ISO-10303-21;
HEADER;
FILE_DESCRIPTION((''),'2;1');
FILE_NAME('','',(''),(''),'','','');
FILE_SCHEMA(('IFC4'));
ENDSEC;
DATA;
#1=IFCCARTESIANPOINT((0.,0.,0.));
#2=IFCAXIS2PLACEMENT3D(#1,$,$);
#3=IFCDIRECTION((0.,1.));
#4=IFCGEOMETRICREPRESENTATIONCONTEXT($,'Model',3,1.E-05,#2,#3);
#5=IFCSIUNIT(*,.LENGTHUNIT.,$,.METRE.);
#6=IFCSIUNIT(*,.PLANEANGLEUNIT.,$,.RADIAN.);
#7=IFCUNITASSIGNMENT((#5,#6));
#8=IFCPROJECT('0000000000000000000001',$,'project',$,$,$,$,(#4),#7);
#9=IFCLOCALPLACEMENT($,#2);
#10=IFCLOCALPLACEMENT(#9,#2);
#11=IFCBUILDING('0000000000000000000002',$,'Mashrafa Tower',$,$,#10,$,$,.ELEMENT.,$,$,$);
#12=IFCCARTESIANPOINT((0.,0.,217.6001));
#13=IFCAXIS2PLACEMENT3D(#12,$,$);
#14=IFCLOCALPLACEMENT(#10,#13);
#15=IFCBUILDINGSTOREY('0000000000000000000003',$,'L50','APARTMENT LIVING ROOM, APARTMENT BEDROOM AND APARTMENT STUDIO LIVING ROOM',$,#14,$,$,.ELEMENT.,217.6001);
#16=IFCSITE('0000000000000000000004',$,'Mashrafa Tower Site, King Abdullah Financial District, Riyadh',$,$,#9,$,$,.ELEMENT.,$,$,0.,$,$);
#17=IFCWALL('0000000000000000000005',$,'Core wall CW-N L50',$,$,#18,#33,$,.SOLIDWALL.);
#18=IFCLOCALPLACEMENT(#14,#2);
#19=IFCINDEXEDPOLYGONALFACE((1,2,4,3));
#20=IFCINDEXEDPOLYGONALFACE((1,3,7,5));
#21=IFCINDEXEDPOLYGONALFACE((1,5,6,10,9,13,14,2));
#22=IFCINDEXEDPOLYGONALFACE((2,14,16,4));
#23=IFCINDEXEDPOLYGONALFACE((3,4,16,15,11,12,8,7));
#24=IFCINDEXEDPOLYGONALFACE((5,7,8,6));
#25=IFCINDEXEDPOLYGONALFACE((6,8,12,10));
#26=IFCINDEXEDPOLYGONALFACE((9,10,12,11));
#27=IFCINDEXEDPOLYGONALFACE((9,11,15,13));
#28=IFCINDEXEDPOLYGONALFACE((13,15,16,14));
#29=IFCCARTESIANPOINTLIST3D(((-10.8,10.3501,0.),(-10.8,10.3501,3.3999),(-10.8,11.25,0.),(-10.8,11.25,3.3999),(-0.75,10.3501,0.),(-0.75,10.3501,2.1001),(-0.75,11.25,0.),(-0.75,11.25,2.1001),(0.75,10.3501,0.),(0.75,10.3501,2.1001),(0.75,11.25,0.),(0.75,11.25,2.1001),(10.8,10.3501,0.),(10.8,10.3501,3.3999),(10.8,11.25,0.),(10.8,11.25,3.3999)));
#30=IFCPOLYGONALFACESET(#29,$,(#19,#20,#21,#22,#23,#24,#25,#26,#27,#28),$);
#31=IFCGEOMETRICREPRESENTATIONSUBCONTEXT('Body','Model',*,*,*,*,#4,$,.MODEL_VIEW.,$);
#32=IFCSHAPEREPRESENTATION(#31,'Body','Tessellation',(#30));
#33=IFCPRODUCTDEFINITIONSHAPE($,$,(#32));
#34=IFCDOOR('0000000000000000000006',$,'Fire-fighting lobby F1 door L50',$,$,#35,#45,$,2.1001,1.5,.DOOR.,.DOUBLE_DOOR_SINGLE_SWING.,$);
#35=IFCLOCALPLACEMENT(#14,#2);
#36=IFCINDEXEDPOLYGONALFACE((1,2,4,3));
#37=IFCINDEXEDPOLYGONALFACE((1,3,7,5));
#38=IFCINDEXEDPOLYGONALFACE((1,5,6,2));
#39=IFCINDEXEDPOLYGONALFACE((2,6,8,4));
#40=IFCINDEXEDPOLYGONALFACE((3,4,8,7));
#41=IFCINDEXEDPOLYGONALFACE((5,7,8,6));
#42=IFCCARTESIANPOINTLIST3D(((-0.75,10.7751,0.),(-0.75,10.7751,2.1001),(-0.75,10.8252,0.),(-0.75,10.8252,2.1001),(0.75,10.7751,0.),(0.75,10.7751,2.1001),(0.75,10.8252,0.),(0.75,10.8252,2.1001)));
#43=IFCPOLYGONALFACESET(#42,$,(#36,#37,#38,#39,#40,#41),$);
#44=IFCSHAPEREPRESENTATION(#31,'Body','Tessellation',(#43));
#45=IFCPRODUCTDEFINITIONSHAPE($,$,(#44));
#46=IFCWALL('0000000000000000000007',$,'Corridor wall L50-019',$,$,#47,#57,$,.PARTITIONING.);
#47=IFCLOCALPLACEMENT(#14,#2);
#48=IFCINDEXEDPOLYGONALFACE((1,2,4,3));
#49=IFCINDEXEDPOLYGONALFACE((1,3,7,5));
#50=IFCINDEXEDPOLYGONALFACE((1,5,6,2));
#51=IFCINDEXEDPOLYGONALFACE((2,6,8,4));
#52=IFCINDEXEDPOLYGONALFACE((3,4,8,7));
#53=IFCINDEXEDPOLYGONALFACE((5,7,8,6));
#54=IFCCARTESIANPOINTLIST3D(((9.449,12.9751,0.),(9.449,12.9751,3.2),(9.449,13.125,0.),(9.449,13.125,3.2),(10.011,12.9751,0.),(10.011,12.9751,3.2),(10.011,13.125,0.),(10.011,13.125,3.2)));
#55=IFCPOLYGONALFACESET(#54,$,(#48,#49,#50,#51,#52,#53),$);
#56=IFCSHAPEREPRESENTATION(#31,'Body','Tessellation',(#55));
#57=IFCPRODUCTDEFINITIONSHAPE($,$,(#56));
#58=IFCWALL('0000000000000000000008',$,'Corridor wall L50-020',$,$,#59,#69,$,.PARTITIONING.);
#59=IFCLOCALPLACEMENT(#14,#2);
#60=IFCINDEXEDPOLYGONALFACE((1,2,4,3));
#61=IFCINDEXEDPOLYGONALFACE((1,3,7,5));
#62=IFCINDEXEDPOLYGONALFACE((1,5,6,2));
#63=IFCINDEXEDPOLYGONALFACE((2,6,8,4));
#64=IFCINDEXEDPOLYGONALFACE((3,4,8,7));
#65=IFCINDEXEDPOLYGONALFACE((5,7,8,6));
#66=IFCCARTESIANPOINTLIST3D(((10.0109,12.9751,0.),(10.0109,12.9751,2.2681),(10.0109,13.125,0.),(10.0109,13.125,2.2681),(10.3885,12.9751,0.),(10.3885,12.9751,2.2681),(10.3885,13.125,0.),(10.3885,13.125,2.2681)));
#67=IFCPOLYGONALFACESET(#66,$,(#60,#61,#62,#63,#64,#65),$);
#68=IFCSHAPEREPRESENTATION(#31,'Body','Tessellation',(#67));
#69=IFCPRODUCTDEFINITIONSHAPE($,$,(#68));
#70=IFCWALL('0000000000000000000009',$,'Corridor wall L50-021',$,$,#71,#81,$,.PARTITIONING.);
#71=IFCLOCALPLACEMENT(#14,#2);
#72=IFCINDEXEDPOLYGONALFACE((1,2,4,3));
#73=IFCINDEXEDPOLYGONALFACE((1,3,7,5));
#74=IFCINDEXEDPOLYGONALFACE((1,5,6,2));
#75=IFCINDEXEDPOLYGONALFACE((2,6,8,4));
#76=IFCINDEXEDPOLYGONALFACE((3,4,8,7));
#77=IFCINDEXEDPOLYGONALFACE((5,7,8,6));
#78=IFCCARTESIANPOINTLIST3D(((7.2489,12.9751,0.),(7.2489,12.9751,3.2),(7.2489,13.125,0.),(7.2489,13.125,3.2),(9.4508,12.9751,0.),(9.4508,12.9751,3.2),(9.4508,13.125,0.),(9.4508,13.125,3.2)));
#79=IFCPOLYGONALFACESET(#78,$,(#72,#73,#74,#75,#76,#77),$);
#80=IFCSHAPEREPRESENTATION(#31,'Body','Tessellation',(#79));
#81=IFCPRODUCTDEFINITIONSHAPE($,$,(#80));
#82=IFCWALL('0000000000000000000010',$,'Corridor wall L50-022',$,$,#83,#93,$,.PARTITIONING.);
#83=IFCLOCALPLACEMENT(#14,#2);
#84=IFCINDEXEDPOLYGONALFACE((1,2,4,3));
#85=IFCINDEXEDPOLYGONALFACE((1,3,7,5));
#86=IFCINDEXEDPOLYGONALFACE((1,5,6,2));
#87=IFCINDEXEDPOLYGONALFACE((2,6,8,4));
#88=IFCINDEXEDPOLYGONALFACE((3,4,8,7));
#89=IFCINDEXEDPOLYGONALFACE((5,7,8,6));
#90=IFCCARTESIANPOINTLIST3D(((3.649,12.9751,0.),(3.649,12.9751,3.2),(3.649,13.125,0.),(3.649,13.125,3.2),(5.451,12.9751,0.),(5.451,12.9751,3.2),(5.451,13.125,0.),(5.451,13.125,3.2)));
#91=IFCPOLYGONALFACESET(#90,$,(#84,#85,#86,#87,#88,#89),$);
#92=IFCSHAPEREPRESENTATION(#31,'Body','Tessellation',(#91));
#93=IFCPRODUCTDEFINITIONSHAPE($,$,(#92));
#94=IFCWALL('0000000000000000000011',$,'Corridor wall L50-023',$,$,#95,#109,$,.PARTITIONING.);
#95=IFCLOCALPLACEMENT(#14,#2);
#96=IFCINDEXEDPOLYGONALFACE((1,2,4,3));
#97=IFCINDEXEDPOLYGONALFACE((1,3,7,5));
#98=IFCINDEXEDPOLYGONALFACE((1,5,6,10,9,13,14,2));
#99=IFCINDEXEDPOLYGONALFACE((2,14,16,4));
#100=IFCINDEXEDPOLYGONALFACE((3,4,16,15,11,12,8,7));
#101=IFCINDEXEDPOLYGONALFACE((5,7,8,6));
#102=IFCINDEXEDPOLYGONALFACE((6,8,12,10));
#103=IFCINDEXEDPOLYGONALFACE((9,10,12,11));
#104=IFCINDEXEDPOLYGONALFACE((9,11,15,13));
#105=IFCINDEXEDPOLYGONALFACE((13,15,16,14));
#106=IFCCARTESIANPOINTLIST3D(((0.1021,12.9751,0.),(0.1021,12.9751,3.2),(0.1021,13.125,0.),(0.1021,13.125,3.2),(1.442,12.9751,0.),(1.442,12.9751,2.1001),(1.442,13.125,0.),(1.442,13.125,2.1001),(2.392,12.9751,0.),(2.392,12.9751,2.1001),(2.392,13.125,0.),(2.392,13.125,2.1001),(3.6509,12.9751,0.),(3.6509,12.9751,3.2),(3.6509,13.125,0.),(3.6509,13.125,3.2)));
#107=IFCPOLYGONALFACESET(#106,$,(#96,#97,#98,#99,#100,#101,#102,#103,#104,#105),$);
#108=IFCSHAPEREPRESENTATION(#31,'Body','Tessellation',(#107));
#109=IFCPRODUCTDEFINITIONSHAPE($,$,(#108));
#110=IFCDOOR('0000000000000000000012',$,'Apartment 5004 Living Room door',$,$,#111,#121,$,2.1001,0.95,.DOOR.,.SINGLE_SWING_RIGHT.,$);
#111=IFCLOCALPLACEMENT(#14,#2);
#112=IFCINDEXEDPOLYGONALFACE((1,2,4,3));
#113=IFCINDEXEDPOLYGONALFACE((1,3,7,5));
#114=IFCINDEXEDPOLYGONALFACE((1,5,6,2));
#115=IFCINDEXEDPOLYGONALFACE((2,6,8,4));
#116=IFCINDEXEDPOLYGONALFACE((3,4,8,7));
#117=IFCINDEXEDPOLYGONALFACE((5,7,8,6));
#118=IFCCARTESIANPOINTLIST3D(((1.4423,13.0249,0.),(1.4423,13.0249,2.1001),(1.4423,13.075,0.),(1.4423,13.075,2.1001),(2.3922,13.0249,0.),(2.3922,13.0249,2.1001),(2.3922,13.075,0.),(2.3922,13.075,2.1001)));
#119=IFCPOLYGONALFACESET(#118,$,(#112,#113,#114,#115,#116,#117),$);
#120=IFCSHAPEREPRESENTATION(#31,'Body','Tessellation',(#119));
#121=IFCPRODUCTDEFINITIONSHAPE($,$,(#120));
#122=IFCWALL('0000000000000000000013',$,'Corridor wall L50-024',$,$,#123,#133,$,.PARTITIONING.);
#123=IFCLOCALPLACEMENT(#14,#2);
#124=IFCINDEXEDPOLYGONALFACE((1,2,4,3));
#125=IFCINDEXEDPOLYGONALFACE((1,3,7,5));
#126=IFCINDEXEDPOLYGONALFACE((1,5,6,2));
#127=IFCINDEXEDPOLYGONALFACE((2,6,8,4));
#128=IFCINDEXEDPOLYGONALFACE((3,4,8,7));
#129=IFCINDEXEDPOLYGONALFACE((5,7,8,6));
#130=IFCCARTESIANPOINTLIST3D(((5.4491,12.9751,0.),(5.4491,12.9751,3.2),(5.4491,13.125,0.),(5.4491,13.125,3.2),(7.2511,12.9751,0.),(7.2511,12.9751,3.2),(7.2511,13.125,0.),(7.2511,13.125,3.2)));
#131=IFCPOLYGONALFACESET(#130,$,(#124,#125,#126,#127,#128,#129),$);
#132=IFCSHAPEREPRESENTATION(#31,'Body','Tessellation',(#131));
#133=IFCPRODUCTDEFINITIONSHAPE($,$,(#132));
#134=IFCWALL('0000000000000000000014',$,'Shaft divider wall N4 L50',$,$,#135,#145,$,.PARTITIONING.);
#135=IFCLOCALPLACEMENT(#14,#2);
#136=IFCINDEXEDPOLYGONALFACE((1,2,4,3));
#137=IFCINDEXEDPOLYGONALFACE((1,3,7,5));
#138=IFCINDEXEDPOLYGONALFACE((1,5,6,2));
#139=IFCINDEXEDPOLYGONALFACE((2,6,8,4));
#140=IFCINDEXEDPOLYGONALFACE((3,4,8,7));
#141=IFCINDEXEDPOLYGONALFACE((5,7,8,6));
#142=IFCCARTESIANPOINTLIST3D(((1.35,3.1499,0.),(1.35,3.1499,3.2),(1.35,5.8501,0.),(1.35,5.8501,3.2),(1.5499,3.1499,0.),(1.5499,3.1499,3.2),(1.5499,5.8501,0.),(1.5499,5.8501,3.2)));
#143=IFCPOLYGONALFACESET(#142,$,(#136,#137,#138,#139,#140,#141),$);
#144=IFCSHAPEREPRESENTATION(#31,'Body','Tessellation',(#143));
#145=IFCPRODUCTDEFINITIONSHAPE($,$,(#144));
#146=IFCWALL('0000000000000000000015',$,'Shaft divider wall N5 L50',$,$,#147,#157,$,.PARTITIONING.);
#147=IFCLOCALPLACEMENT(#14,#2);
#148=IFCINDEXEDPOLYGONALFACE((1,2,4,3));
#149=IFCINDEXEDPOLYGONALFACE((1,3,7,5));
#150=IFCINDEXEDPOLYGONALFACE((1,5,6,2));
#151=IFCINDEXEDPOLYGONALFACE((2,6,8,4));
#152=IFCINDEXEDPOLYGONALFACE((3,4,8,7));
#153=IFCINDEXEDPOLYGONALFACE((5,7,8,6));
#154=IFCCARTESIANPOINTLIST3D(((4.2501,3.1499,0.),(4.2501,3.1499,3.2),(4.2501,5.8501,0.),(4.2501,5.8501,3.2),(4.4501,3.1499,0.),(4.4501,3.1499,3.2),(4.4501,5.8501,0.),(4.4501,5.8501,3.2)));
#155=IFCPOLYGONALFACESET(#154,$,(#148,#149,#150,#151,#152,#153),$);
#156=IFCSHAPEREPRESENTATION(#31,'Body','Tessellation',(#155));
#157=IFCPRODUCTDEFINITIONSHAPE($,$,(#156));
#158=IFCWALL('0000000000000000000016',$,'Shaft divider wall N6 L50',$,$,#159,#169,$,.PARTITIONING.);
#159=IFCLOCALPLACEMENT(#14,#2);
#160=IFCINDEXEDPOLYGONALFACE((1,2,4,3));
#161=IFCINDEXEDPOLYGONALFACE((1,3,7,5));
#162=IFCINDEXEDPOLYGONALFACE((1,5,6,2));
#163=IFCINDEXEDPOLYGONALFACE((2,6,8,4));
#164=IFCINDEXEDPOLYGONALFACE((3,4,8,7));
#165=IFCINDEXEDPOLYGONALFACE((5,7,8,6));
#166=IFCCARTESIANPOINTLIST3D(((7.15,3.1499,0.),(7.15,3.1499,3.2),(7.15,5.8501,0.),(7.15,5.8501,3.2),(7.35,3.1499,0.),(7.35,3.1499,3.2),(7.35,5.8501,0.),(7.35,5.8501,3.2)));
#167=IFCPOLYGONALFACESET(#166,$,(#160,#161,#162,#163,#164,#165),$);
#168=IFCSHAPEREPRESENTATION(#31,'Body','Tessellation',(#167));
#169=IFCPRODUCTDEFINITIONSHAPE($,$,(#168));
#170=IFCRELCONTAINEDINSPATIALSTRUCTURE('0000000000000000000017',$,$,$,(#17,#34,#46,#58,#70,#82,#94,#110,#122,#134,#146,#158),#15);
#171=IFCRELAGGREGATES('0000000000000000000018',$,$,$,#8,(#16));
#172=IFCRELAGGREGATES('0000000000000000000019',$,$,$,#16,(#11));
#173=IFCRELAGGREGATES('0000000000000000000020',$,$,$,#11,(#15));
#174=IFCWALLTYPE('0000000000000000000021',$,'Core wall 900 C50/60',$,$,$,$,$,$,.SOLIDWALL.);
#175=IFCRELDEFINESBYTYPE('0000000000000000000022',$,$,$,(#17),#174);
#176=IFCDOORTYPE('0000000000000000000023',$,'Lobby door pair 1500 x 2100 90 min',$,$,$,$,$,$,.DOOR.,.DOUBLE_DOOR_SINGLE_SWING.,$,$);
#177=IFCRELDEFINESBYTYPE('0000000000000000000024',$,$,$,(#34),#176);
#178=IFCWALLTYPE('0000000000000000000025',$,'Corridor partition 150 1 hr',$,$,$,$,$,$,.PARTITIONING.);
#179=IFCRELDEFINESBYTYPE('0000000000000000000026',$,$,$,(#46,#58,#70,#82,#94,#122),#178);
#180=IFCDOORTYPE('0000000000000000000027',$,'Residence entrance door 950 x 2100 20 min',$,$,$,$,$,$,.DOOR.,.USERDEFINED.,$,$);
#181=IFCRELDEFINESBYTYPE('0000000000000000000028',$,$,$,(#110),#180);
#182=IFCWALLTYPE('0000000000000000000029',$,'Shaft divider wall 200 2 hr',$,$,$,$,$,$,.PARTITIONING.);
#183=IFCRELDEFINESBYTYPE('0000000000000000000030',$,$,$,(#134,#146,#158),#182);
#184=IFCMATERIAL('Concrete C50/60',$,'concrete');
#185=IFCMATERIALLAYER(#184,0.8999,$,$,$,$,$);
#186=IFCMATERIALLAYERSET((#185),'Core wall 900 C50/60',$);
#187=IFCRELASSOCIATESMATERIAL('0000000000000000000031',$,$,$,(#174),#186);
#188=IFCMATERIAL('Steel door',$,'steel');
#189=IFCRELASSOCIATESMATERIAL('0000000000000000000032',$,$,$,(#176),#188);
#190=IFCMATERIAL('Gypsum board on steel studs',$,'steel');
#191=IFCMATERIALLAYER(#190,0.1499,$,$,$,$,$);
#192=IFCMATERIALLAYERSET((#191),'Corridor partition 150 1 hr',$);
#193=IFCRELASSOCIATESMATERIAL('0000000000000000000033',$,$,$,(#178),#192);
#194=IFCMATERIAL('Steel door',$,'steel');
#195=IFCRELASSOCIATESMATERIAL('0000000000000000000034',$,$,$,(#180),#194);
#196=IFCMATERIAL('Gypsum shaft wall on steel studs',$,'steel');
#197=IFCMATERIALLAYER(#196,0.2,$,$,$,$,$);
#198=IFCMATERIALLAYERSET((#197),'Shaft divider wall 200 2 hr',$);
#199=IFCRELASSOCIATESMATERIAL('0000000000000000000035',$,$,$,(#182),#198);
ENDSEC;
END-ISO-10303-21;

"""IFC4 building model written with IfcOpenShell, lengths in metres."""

from ifc_helpers import new_model, si_unit, direction, frame, frame_2d, origin, place, context, subcontext, project, spatial, rectangle, extrude, material, layer, layer_set, type_object, element, fill, save


model = new_model("IFC4")

# Units and contexts
model_context = context("Model", 3, precision=1e-05, world=origin(), true_north=direction((0.0, 1.0)))
body_context = subcontext(model_context, "Body", "Model", "MODEL_VIEW")
ifc_project = project(units=[si_unit("LENGTHUNIT", "METRE"), si_unit("PLANEANGLEUNIT", "RADIAN")], contexts=[model_context])

# Site, building, storey
site_placement = place(None, origin())
site = spatial("IfcSite", under=ifc_project, at=site_placement, Name="Mashrafa Tower Site, King Abdullah Financial District, Riyadh", CompositionType="ELEMENT", RefElevation=0.0)
building_placement = place(site_placement, origin())
building = spatial("IfcBuilding", under=site, at=building_placement, Name="Mashrafa Tower", CompositionType="ELEMENT")
storey_placement = place(building_placement, frame((0.0, 0.0, 217.6001)))
storey = spatial("IfcBuildingStorey", under=building, at=storey_placement, Name="L50", Description="APARTMENT LIVING ROOM, APARTMENT BEDROOM AND APARTMENT STUDIO LIVING ROOM", CompositionType="ELEMENT", Elevation=217.6001)

# Wall, opening, door
ifc_material_1 = material(Name="Concrete C50/60", Category="concrete")
ifc_layer_1 = layer(ifc_material_1, 0.8999)
ifc_layer_set_1 = layer_set([ifc_layer_1], Name="Core wall 900 C50/60")
wall_type_1 = type_object("IfcWallType", Name="Core wall 900 C50/60", PredefinedType="SOLIDWALL", material=ifc_layer_set_1)
wall_1_placement = place(storey_placement, frame((10.8, 10.8, 0.0), z_axis=(0.0, 0.0, 1.0), x_axis=(-1.0, 0.0, 0.0)))
wall_1 = element("IfcWall", 1, at=wall_1_placement, inside=storey, type_object=wall_type_1, Name="Core wall CW-N L50", PredefinedType="SOLIDWALL", context=body_context, shape_type="SweptSolid", body=[
    extrude(rectangle(XDim=21.6001, YDim=0.8999, at=frame_2d((10.8, 0.0))), origin(), (0.0, 0.0, 1.0), 3.3999),
])
opening_1_placement = place(wall_1_placement, frame((10.05, 0.0, 0.0)))
opening_1 = element("IfcOpeningElement", 2, at=opening_1_placement, cuts=wall_1, PredefinedType="OPENING", context=body_context, shape_type="SweptSolid", body=[
    extrude(rectangle(XDim=1.5, YDim=2.1001, at=frame_2d((0.75, 1.05))), frame((0.0, 0.46, 0.0), z_axis=(0.0, -1.0, 0.0), x_axis=(1.0, 0.0, 0.0)), (0.0, 0.0, 1.0), 0.9199),
])
ifc_material_2 = material(Name="Steel door", Category="steel")
door_type_1 = type_object("IfcDoorType", Name="Lobby door pair 1500 x 2100 90 min", OperationType="DOUBLE_DOOR_SINGLE_SWING", PredefinedType="DOOR", material=ifc_material_2)
door_1_placement = place(opening_1_placement, origin())
door_1 = element("IfcDoor", 3, at=door_1_placement, inside=storey, type_object=door_type_1, Name="Fire-fighting lobby F1 door L50", OperationType="DOUBLE_DOOR_SINGLE_SWING", OverallHeight=2.1001, OverallWidth=1.5, PredefinedType="DOOR", context=body_context, shape_type="SweptSolid", body=[
    extrude(rectangle(XDim=1.5, YDim=2.1001, at=frame_2d((0.75, 1.05))), frame((0.0, 0.0249, 0.0), z_axis=(0.0, -1.0, 0.0), x_axis=(1.0, 0.0, 0.0)), (0.0, 0.0, 1.0), 0.05),
])
fill(opening_1, door_1)

# Walls
ifc_material_3 = material(Name="Gypsum board on steel studs", Category="steel")
ifc_layer_2 = layer(ifc_material_3, 0.1499)
ifc_layer_set_2 = layer_set([ifc_layer_2], Name="Corridor partition 150 1 hr")
wall_type_2 = type_object("IfcWallType", Name="Corridor partition 150 1 hr", PredefinedType="PARTITIONING", material=ifc_layer_set_2)
wall_2_placement = place(storey_placement, frame((10.011, 13.05, 0.0), z_axis=(0.0, 0.0, 1.0), x_axis=(-1.0, 0.0, 0.0)))
element("IfcWall", 4, at=wall_2_placement, inside=storey, type_object=wall_type_2, Name="Corridor wall L50-019", PredefinedType="PARTITIONING", context=body_context, shape_type="SweptSolid", body=[
    extrude(rectangle(XDim=0.562, YDim=0.1499, at=frame_2d((0.281, 0.0))), origin(), (0.0, 0.0, 1.0), 3.2),
])
wall_3_placement = place(storey_placement, frame((10.3887, 13.05, 0.0), z_axis=(0.0, 0.0, 1.0), x_axis=(-1.0, 0.0, 0.0)))
element("IfcWall", 5, at=wall_3_placement, inside=storey, type_object=wall_type_2, Name="Corridor wall L50-020", PredefinedType="PARTITIONING", context=body_context, shape_type="SweptSolid", body=[
    extrude(rectangle(XDim=0.3777, YDim=0.1499, at=frame_2d((0.189, 0.0))), origin(), (0.0, 0.0, 1.0), 2.2681),
])
wall_4_placement = place(storey_placement, frame((9.4509, 13.05, 0.0), z_axis=(0.0, 0.0, 1.0), x_axis=(-1.0, 0.0, 0.0)))
element("IfcWall", 6, at=wall_4_placement, inside=storey, type_object=wall_type_2, Name="Corridor wall L50-021", PredefinedType="PARTITIONING", context=body_context, shape_type="SweptSolid", body=[
    extrude(rectangle(XDim=2.2019, YDim=0.1499, at=frame_2d((1.1011, 0.0))), origin(), (0.0, 0.0, 1.0), 3.2),
])
wall_5_placement = place(storey_placement, frame((5.4509, 13.05, 0.0), z_axis=(0.0, 0.0, 1.0), x_axis=(-1.0, 0.0, 0.0)))
element("IfcWall", 7, at=wall_5_placement, inside=storey, type_object=wall_type_2, Name="Corridor wall L50-022", PredefinedType="PARTITIONING", context=body_context, shape_type="SweptSolid", body=[
    extrude(rectangle(XDim=1.802, YDim=0.1499, at=frame_2d((0.9009, 0.0))), origin(), (0.0, 0.0, 1.0), 3.2),
])

# Wall, opening, door
wall_6_placement = place(storey_placement, frame((3.6509, 13.05, 0.0), z_axis=(0.0, 0.0, 1.0), x_axis=(-1.0, 0.0, 0.0)))
wall_6 = element("IfcWall", 8, at=wall_6_placement, inside=storey, type_object=wall_type_2, Name="Corridor wall L50-023", PredefinedType="PARTITIONING", context=body_context, shape_type="SweptSolid", body=[
    extrude(rectangle(XDim=3.5488, YDim=0.1499, at=frame_2d((1.7744, 0.0))), origin(), (0.0, 0.0, 1.0), 3.2),
])
opening_2_placement = place(wall_6_placement, frame((1.2588, 0.0, 0.0)))
opening_2 = element("IfcOpeningElement", 9, at=opening_2_placement, cuts=wall_6, PredefinedType="OPENING", context=body_context, shape_type="SweptSolid", body=[
    extrude(rectangle(XDim=0.95, YDim=2.1001, at=frame_2d((0.4751, 1.05))), frame((0.0, 0.085, 0.0), z_axis=(0.0, -1.0, 0.0), x_axis=(1.0, 0.0, 0.0)), (0.0, 0.0, 1.0), 0.1699),
])
ifc_material_4 = material(Name="Steel door", Category="steel")
door_type_2 = type_object("IfcDoorType", Name="Residence entrance door 950 x 2100 20 min", OperationType="USERDEFINED", PredefinedType="DOOR", material=ifc_material_4)
door_2_placement = place(opening_2_placement, frame((0.95, 0.0, 0.0), z_axis=(0.0, 0.0, 1.0), x_axis=(-1.0, 0.0, 0.0)))
door_2 = element("IfcDoor", 10, at=door_2_placement, inside=storey, type_object=door_type_2, Name="Apartment 5004 Living Room door", OperationType="SINGLE_SWING_RIGHT", OverallHeight=2.1001, OverallWidth=0.95, PredefinedType="DOOR", context=body_context, shape_type="SweptSolid", body=[
    extrude(rectangle(XDim=0.95, YDim=2.1001, at=frame_2d((0.4751, 1.05))), frame((0.0, 0.0249, 0.0), z_axis=(0.0, -1.0, 0.0), x_axis=(1.0, 0.0, 0.0)), (0.0, 0.0, 1.0), 0.05),
])
fill(opening_2, door_2)

# Walls
wall_7_placement = place(storey_placement, frame((7.251, 13.05, 0.0), z_axis=(0.0, 0.0, 1.0), x_axis=(-1.0, 0.0, 0.0)))
element("IfcWall", 11, at=wall_7_placement, inside=storey, type_object=wall_type_2, Name="Corridor wall L50-024", PredefinedType="PARTITIONING", context=body_context, shape_type="SweptSolid", body=[
    extrude(rectangle(XDim=1.802, YDim=0.1499, at=frame_2d((0.9009, 0.0))), origin(), (0.0, 0.0, 1.0), 3.2),
])
ifc_material_5 = material(Name="Gypsum shaft wall on steel studs", Category="steel")
ifc_layer_3 = layer(ifc_material_5, 0.2)
ifc_layer_set_3 = layer_set([ifc_layer_3], Name="Shaft divider wall 200 2 hr")
wall_type_3 = type_object("IfcWallType", Name="Shaft divider wall 200 2 hr", PredefinedType="PARTITIONING", material=ifc_layer_set_3)
for number, where, z_axis, x_axis, name in (
    (12, (1.45, 3.1499, 0.0), (0.0, 0.0, 1.0), (0.0, 1.0, 0.0), "Shaft divider wall N4 L50"),
    (13, (4.3501, 3.1499, 0.0), (0.0, 0.0, 1.0), (0.0, 1.0, 0.0), "Shaft divider wall N5 L50"),
    (14, (7.25, 3.1499, 0.0), (0.0, 0.0, 1.0), (0.0, 1.0, 0.0), "Shaft divider wall N6 L50"),
):
    element("IfcWall", number, at=place(storey_placement, frame(where, z_axis=z_axis, x_axis=x_axis)), inside=storey, type_object=wall_type_3, Name=name, PredefinedType="PARTITIONING", context=body_context, shape_type="SweptSolid", body=[
        extrude(rectangle(XDim=2.7002, YDim=0.2, at=frame_2d((1.3501, 0.0))), origin(), (0.0, 0.0, 1.0), 3.2),
    ])

save(model, "model.ifc")
